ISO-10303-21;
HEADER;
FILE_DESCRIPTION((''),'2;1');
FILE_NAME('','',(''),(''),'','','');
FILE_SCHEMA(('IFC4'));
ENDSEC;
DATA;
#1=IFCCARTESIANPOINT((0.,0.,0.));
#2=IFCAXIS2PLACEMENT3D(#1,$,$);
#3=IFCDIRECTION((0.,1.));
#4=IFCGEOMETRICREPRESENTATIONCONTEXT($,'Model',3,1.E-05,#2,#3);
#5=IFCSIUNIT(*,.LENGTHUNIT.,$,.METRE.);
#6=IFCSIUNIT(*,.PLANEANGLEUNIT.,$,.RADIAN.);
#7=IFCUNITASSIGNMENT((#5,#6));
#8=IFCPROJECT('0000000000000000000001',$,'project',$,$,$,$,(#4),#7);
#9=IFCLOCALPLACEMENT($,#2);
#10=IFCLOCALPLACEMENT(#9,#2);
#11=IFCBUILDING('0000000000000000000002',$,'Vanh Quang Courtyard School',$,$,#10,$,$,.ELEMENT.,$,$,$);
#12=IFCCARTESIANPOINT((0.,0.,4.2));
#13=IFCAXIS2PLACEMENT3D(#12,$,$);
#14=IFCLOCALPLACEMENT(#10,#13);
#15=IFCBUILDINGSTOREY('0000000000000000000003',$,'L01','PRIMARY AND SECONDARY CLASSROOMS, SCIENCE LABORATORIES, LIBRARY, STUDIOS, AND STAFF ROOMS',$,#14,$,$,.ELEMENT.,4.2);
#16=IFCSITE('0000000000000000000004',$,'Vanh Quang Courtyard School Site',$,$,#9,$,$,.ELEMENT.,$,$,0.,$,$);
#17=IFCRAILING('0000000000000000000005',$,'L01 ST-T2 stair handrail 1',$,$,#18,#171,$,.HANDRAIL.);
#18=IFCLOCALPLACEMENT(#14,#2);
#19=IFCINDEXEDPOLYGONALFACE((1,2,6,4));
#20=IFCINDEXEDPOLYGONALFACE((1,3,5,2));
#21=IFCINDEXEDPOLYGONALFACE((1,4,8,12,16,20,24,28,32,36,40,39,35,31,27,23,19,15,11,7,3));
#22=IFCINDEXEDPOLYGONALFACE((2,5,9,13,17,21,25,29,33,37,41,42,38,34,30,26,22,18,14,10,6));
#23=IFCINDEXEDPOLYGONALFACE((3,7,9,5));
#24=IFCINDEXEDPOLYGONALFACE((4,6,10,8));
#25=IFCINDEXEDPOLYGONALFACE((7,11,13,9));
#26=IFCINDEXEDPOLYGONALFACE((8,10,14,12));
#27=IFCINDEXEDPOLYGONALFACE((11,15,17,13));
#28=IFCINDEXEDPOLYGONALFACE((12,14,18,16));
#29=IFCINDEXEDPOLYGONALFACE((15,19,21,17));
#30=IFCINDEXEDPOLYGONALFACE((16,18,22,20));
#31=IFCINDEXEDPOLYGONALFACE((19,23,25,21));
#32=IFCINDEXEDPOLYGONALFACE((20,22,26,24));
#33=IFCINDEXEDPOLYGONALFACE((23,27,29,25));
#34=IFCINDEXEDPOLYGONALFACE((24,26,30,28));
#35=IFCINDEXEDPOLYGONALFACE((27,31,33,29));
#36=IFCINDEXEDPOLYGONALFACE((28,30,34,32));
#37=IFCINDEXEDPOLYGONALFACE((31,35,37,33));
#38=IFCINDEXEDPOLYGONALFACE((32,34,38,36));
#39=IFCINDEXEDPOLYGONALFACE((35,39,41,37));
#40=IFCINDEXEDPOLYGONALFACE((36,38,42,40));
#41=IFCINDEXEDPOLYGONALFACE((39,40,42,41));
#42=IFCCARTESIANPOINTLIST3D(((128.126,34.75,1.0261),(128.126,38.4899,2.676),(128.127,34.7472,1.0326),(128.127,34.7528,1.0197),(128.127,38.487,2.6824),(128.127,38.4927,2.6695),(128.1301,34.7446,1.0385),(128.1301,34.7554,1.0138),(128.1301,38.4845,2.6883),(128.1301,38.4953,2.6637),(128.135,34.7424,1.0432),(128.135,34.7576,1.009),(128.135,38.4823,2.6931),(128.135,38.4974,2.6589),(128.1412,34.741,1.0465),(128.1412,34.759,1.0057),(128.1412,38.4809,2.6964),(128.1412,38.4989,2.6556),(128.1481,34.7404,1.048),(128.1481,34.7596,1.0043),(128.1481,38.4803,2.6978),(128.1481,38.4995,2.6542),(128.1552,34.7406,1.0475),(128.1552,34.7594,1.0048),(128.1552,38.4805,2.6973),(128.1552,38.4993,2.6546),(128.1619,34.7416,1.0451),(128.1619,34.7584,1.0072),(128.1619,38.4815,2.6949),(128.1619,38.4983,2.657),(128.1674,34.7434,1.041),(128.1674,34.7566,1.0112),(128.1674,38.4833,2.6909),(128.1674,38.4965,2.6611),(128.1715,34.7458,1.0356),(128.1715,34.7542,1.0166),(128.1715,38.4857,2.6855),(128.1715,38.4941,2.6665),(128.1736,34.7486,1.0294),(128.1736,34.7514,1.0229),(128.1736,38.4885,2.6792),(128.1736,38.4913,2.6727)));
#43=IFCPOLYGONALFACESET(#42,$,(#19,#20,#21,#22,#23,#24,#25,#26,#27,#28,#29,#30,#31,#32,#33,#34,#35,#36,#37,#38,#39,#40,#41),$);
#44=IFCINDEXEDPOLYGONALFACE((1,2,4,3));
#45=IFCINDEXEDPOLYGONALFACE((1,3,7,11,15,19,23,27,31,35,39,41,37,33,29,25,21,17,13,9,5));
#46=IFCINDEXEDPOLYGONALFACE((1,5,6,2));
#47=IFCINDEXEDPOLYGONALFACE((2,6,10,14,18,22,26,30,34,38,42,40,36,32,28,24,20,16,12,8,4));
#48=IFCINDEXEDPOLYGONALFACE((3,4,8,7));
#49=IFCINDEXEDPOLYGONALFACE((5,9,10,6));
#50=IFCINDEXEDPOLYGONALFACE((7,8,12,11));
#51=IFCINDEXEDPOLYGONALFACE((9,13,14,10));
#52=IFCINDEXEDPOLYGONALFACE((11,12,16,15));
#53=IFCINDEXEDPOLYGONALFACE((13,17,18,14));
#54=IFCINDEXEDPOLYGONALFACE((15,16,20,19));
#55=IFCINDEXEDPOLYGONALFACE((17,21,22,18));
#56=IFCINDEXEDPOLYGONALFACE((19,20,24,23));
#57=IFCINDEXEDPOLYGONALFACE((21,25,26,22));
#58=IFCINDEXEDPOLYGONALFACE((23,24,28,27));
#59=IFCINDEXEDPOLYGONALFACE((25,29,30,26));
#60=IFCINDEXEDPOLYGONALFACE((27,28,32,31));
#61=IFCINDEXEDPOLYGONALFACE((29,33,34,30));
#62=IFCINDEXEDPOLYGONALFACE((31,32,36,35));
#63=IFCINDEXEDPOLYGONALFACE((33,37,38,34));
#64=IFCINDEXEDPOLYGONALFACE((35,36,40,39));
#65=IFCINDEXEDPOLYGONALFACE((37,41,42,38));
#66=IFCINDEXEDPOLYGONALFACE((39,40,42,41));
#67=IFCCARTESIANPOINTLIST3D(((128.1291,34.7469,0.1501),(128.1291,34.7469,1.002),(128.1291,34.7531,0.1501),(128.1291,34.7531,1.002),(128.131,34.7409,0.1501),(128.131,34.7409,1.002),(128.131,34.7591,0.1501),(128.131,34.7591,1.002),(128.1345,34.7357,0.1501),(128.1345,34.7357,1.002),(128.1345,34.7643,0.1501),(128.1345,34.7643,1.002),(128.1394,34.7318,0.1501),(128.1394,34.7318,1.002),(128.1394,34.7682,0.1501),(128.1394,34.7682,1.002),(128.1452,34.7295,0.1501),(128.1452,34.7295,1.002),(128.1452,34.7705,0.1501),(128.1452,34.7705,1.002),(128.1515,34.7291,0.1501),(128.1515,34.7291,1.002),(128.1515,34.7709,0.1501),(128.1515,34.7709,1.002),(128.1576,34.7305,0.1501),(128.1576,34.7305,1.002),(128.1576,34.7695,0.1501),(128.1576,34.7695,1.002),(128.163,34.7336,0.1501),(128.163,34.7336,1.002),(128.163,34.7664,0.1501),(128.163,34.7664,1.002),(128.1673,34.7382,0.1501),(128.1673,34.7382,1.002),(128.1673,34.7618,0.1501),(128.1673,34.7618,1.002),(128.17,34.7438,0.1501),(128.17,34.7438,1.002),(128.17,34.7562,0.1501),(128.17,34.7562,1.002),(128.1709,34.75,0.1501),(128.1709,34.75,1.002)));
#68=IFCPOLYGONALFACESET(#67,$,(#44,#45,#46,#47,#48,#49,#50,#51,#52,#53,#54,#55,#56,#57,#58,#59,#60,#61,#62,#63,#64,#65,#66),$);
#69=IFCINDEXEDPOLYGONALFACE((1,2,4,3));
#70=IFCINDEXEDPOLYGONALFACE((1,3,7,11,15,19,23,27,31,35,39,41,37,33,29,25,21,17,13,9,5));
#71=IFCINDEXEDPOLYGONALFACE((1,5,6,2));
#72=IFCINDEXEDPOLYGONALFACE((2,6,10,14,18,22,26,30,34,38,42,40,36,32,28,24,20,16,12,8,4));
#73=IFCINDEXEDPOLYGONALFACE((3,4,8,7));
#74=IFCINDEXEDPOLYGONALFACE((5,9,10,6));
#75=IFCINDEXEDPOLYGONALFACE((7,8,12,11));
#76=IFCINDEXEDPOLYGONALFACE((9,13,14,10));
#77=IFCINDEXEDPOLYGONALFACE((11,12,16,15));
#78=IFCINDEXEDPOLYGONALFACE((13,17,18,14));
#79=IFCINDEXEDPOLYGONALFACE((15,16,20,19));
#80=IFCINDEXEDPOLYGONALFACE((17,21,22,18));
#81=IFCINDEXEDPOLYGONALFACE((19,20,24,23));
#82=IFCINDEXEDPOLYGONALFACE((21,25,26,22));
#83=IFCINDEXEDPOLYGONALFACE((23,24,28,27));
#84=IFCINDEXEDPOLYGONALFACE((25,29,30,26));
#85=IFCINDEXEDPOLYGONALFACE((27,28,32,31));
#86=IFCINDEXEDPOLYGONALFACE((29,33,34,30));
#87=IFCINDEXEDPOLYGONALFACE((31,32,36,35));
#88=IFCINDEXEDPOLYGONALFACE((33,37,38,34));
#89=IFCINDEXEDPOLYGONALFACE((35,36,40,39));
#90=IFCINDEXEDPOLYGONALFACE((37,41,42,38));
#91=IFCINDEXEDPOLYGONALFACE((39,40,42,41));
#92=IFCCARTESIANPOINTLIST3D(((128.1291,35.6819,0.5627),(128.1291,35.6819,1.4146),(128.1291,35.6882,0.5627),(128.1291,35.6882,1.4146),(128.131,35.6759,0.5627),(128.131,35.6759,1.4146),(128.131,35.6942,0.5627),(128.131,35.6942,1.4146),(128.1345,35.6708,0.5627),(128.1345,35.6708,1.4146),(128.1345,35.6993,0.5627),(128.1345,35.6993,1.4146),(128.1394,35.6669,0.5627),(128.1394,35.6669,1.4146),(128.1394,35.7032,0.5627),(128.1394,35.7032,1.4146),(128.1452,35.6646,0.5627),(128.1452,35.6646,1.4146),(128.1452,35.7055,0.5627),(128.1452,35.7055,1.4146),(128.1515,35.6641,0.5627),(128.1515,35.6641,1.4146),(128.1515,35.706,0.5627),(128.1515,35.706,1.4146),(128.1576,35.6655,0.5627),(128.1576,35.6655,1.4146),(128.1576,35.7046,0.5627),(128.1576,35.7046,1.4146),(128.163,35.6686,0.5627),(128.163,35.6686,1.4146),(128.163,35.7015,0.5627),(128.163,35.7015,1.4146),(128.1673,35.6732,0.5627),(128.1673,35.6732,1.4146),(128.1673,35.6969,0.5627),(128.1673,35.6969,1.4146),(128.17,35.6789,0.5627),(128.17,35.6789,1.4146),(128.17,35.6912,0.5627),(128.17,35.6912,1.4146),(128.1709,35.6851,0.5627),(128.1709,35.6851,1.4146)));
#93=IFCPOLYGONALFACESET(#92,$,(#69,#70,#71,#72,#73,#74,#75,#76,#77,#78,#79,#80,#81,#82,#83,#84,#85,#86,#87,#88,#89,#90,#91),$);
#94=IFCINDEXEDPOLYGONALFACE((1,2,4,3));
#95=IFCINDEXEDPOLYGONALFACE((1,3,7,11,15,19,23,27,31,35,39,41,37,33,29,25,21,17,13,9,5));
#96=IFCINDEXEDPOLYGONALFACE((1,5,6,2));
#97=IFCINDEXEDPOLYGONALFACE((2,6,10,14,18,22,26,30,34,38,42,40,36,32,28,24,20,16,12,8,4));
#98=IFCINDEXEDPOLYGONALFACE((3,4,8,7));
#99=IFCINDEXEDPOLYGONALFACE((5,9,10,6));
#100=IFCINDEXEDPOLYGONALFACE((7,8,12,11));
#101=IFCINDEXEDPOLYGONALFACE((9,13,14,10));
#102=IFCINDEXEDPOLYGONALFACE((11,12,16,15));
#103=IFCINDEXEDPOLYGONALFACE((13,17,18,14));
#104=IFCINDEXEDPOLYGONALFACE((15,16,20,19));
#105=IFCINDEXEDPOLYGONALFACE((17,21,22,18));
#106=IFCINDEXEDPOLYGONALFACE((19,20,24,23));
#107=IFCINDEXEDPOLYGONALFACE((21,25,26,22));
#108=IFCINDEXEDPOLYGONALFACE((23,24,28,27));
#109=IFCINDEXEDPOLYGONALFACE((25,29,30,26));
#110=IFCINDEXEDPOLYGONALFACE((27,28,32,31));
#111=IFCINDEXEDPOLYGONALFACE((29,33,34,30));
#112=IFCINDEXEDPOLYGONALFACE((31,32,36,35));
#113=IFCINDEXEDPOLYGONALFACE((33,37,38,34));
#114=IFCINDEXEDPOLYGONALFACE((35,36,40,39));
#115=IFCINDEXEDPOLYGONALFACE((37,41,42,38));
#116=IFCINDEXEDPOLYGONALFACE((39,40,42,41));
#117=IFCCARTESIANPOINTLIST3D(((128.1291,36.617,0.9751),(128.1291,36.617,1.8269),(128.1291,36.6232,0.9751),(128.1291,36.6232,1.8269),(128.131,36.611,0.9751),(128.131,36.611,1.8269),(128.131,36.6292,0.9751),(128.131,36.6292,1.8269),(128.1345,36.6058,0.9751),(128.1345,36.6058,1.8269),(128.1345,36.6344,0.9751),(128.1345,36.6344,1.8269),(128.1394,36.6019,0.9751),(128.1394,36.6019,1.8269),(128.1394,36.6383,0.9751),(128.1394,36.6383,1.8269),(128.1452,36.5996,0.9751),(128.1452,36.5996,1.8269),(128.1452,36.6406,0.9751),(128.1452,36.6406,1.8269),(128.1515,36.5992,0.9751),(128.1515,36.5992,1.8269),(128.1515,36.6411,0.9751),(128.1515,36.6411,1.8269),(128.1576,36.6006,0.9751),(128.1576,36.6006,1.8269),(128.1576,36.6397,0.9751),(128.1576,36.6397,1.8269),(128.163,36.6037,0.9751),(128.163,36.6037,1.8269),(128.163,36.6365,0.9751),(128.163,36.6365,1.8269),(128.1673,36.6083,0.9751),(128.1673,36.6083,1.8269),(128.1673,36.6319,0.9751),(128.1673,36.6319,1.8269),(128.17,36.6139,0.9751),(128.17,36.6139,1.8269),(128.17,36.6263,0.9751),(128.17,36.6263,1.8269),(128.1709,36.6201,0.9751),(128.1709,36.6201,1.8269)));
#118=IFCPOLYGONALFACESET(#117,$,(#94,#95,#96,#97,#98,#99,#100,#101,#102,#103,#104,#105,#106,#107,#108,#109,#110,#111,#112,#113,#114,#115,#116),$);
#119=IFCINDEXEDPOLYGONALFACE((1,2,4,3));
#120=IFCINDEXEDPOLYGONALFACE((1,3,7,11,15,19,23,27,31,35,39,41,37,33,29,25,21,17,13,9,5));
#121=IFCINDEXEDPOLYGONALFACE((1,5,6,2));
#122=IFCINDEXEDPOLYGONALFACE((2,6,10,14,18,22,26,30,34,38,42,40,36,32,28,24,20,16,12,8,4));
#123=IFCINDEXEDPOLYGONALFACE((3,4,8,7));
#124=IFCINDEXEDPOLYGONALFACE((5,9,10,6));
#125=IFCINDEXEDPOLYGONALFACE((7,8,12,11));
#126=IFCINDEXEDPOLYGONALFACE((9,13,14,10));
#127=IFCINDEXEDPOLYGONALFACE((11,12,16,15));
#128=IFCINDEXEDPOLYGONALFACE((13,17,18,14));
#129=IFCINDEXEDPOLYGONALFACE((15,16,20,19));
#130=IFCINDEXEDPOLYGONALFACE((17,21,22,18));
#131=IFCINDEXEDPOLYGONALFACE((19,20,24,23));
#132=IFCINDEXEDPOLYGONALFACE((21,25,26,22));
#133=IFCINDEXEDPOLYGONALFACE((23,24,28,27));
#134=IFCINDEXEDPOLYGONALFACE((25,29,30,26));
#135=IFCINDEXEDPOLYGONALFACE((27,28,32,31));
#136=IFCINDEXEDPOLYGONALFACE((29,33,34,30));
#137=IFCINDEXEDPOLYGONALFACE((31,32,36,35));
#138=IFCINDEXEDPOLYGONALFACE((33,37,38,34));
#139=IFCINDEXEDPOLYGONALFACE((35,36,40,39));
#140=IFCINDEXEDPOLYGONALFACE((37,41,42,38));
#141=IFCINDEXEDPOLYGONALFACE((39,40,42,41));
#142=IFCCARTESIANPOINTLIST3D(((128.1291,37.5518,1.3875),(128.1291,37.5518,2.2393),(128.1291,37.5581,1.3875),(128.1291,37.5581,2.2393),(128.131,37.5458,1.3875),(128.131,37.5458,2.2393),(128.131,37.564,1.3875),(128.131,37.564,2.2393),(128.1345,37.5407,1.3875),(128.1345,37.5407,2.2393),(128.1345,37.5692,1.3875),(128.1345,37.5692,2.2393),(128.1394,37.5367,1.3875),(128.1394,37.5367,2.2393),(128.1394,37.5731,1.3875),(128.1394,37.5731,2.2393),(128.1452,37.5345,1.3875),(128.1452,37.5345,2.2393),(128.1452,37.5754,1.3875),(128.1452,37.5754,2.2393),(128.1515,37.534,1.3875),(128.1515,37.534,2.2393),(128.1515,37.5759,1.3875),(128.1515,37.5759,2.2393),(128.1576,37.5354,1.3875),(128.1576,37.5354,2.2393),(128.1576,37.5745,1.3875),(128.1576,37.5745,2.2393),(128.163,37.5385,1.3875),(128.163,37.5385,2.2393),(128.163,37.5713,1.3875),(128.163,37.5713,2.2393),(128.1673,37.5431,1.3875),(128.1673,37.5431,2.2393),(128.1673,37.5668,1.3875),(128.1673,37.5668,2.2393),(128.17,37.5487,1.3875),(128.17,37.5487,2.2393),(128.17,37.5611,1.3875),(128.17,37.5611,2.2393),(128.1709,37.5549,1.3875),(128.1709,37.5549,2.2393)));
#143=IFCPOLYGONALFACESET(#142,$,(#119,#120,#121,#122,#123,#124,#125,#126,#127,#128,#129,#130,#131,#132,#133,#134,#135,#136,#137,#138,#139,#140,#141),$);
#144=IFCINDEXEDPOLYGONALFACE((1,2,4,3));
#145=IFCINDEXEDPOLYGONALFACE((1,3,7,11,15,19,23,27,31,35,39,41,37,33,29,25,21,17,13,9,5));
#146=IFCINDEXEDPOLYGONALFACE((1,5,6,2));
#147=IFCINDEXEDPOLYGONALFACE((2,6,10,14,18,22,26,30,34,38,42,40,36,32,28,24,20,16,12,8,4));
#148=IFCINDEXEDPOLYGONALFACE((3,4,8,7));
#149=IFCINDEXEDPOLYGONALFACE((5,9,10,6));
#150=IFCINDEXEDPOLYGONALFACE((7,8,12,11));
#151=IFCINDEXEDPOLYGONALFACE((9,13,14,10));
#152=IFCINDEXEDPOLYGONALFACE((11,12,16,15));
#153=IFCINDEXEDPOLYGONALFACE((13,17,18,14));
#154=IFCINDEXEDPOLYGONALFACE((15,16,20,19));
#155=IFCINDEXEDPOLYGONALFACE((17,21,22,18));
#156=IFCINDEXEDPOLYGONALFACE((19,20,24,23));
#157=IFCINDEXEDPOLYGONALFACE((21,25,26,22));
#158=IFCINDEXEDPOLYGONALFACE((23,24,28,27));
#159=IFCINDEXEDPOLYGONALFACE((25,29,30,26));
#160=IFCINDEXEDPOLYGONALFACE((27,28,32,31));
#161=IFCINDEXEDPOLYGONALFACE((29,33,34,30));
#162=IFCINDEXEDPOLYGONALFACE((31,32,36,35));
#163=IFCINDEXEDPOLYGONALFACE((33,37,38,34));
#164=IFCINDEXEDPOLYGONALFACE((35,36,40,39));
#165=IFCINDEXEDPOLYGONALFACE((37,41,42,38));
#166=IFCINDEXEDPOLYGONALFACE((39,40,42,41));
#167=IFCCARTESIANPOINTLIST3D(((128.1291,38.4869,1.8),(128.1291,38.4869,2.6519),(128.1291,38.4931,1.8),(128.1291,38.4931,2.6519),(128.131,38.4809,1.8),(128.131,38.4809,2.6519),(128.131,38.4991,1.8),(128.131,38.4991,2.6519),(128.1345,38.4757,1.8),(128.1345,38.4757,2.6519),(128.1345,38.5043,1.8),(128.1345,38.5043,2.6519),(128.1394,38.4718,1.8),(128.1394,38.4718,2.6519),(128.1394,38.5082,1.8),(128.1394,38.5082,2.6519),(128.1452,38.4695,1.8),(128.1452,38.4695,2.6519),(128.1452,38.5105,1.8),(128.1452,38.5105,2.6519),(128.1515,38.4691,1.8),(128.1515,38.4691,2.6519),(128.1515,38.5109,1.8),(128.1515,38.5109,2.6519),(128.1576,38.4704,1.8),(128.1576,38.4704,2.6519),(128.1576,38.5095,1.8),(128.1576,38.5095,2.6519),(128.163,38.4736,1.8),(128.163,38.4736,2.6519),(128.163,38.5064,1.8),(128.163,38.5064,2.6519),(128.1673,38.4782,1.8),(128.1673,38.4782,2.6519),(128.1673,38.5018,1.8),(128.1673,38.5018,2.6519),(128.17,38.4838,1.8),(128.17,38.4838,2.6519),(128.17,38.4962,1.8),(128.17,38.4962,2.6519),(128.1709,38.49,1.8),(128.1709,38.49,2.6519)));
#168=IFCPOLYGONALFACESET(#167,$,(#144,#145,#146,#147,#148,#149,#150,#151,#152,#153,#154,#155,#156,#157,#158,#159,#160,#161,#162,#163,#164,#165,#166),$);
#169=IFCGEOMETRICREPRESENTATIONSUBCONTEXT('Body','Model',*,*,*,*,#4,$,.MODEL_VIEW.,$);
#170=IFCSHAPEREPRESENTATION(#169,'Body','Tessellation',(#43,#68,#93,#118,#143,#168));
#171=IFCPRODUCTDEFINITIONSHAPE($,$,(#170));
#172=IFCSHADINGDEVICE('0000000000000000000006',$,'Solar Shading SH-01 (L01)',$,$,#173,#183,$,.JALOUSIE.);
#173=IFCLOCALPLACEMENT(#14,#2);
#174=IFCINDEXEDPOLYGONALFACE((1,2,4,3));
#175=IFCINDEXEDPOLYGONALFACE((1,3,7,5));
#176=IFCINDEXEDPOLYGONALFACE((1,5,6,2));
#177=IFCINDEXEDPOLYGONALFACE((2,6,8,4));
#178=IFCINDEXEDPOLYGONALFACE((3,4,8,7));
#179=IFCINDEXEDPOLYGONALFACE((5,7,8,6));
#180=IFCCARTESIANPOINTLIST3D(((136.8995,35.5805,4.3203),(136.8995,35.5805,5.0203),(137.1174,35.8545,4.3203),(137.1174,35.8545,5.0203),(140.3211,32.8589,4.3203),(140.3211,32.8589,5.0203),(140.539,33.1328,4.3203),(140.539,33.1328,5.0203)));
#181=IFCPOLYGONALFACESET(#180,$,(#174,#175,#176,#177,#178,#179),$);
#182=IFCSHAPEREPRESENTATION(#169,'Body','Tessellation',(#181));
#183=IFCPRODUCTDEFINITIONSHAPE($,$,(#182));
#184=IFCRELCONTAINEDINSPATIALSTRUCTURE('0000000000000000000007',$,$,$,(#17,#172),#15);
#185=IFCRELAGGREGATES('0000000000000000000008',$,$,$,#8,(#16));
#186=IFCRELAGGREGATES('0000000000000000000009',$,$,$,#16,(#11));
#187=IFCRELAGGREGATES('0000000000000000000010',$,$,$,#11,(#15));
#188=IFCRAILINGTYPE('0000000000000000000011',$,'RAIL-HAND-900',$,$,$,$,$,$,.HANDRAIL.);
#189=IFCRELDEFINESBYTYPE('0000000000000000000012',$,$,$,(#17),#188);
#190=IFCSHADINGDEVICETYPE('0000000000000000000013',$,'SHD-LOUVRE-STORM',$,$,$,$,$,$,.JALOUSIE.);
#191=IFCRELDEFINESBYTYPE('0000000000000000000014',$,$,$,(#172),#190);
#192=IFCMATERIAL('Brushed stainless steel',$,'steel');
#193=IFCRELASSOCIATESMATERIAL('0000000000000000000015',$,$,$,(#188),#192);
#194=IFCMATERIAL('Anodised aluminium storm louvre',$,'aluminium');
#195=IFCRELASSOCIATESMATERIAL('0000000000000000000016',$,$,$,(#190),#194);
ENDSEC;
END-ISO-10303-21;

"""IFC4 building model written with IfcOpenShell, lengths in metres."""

from ifc_helpers import new_model, si_unit, direction, frame, origin, origin_2d, place, context, subcontext, project, spatial, rectangle, circle, extrude, material, type_object, element, save


model = new_model("IFC4")

# Units and contexts
model_context = context("Model", 3, precision=1e-05, world=origin(), true_north=direction((0.0, 1.0)))
body_context = subcontext(model_context, "Body", "Model", "MODEL_VIEW")
ifc_project = project(units=[si_unit("LENGTHUNIT", "METRE"), si_unit("PLANEANGLEUNIT", "RADIAN")], contexts=[model_context])

# Site, building, storey
site_placement = place(None, origin())
site = spatial("IfcSite", under=ifc_project, at=site_placement, Name="Vanh Quang Courtyard School Site", CompositionType="ELEMENT", RefElevation=0.0)
building_placement = place(site_placement, origin())
building = spatial("IfcBuilding", under=site, at=building_placement, Name="Vanh Quang Courtyard School", CompositionType="ELEMENT")
storey_placement = place(building_placement, frame((0.0, 0.0, 4.2)))
storey = spatial("IfcBuildingStorey", under=building, at=storey_placement, Name="L01", Description="PRIMARY AND SECONDARY CLASSROOMS, SCIENCE LABORATORIES, LIBRARY, STUDIOS, AND STAFF ROOMS", CompositionType="ELEMENT", Elevation=4.2)

# Railing
ifc_material_1 = material(Name="Brushed stainless steel", Category="steel")
railing_type_1 = type_object("IfcRailingType", Name="RAIL-HAND-900", PredefinedType="HANDRAIL", material=ifc_material_1)
railing_1_placement = place(storey_placement, frame((128.1499, 34.75, 0.1501)))
element("IfcRailing", 1, at=railing_1_placement, inside=storey, type_object=railing_type_1, Name="L01 ST-T2 stair handrail 1", PredefinedType="HANDRAIL", context=body_context, shape_type="SweptSolid", body=[
    extrude(circle(Radius=0.0239, at=origin_2d()), frame((0.0, 0.0, 0.876), z_axis=(0.0, 0.914926, 0.403621), x_axis=(-1.0, 0.0, 0.0)), (0.0, 0.0, 1.0), 4.0876),
    extrude(circle(Radius=0.021, at=origin_2d()), origin(), (0.0, 0.0, 1.0), 0.8518),
    extrude(circle(Radius=0.021, at=origin_2d()), frame((0.0, 0.9351, 0.4126)), (0.0, 0.0, 1.0), 0.8518),
    extrude(circle(Radius=0.021, at=origin_2d()), frame((0.0, 1.8701, 0.825)), (0.0, 0.0, 1.0), 0.8518),
    extrude(circle(Radius=0.021, at=origin_2d()), frame((0.0, 2.8049, 1.2373)), (0.0, 0.0, 1.0), 0.8518),
    extrude(circle(Radius=0.021, at=origin_2d()), frame((0.0, 3.74, 1.6499)), (0.0, 0.0, 1.0), 0.8518),
])

# Shading device
ifc_material_2 = material(Name="Anodised aluminium storm louvre", Category="aluminium")
shading_device_type = type_object("IfcShadingDeviceType", Name="SHD-LOUVRE-STORM", PredefinedType="JALOUSIE", material=ifc_material_2)
shading_device_placement = place(storey_placement, frame((138.7192, 34.3567, 4.3203), z_axis=(0.0, 0.0, 1.0), x_axis=(-0.782608, 0.622515, 0.0)))
element("IfcShadingDevice", 2, at=shading_device_placement, inside=storey, type_object=shading_device_type, Name="Solar Shading SH-01 (L01)", PredefinedType="JALOUSIE", context=body_context, shape_type="SweptSolid", body=[
    extrude(rectangle(XDim=4.3721, YDim=0.3501, at=origin_2d()), origin(), (0.0, 0.0, 1.0), 0.7),
])

save(model, "model.ifc")
